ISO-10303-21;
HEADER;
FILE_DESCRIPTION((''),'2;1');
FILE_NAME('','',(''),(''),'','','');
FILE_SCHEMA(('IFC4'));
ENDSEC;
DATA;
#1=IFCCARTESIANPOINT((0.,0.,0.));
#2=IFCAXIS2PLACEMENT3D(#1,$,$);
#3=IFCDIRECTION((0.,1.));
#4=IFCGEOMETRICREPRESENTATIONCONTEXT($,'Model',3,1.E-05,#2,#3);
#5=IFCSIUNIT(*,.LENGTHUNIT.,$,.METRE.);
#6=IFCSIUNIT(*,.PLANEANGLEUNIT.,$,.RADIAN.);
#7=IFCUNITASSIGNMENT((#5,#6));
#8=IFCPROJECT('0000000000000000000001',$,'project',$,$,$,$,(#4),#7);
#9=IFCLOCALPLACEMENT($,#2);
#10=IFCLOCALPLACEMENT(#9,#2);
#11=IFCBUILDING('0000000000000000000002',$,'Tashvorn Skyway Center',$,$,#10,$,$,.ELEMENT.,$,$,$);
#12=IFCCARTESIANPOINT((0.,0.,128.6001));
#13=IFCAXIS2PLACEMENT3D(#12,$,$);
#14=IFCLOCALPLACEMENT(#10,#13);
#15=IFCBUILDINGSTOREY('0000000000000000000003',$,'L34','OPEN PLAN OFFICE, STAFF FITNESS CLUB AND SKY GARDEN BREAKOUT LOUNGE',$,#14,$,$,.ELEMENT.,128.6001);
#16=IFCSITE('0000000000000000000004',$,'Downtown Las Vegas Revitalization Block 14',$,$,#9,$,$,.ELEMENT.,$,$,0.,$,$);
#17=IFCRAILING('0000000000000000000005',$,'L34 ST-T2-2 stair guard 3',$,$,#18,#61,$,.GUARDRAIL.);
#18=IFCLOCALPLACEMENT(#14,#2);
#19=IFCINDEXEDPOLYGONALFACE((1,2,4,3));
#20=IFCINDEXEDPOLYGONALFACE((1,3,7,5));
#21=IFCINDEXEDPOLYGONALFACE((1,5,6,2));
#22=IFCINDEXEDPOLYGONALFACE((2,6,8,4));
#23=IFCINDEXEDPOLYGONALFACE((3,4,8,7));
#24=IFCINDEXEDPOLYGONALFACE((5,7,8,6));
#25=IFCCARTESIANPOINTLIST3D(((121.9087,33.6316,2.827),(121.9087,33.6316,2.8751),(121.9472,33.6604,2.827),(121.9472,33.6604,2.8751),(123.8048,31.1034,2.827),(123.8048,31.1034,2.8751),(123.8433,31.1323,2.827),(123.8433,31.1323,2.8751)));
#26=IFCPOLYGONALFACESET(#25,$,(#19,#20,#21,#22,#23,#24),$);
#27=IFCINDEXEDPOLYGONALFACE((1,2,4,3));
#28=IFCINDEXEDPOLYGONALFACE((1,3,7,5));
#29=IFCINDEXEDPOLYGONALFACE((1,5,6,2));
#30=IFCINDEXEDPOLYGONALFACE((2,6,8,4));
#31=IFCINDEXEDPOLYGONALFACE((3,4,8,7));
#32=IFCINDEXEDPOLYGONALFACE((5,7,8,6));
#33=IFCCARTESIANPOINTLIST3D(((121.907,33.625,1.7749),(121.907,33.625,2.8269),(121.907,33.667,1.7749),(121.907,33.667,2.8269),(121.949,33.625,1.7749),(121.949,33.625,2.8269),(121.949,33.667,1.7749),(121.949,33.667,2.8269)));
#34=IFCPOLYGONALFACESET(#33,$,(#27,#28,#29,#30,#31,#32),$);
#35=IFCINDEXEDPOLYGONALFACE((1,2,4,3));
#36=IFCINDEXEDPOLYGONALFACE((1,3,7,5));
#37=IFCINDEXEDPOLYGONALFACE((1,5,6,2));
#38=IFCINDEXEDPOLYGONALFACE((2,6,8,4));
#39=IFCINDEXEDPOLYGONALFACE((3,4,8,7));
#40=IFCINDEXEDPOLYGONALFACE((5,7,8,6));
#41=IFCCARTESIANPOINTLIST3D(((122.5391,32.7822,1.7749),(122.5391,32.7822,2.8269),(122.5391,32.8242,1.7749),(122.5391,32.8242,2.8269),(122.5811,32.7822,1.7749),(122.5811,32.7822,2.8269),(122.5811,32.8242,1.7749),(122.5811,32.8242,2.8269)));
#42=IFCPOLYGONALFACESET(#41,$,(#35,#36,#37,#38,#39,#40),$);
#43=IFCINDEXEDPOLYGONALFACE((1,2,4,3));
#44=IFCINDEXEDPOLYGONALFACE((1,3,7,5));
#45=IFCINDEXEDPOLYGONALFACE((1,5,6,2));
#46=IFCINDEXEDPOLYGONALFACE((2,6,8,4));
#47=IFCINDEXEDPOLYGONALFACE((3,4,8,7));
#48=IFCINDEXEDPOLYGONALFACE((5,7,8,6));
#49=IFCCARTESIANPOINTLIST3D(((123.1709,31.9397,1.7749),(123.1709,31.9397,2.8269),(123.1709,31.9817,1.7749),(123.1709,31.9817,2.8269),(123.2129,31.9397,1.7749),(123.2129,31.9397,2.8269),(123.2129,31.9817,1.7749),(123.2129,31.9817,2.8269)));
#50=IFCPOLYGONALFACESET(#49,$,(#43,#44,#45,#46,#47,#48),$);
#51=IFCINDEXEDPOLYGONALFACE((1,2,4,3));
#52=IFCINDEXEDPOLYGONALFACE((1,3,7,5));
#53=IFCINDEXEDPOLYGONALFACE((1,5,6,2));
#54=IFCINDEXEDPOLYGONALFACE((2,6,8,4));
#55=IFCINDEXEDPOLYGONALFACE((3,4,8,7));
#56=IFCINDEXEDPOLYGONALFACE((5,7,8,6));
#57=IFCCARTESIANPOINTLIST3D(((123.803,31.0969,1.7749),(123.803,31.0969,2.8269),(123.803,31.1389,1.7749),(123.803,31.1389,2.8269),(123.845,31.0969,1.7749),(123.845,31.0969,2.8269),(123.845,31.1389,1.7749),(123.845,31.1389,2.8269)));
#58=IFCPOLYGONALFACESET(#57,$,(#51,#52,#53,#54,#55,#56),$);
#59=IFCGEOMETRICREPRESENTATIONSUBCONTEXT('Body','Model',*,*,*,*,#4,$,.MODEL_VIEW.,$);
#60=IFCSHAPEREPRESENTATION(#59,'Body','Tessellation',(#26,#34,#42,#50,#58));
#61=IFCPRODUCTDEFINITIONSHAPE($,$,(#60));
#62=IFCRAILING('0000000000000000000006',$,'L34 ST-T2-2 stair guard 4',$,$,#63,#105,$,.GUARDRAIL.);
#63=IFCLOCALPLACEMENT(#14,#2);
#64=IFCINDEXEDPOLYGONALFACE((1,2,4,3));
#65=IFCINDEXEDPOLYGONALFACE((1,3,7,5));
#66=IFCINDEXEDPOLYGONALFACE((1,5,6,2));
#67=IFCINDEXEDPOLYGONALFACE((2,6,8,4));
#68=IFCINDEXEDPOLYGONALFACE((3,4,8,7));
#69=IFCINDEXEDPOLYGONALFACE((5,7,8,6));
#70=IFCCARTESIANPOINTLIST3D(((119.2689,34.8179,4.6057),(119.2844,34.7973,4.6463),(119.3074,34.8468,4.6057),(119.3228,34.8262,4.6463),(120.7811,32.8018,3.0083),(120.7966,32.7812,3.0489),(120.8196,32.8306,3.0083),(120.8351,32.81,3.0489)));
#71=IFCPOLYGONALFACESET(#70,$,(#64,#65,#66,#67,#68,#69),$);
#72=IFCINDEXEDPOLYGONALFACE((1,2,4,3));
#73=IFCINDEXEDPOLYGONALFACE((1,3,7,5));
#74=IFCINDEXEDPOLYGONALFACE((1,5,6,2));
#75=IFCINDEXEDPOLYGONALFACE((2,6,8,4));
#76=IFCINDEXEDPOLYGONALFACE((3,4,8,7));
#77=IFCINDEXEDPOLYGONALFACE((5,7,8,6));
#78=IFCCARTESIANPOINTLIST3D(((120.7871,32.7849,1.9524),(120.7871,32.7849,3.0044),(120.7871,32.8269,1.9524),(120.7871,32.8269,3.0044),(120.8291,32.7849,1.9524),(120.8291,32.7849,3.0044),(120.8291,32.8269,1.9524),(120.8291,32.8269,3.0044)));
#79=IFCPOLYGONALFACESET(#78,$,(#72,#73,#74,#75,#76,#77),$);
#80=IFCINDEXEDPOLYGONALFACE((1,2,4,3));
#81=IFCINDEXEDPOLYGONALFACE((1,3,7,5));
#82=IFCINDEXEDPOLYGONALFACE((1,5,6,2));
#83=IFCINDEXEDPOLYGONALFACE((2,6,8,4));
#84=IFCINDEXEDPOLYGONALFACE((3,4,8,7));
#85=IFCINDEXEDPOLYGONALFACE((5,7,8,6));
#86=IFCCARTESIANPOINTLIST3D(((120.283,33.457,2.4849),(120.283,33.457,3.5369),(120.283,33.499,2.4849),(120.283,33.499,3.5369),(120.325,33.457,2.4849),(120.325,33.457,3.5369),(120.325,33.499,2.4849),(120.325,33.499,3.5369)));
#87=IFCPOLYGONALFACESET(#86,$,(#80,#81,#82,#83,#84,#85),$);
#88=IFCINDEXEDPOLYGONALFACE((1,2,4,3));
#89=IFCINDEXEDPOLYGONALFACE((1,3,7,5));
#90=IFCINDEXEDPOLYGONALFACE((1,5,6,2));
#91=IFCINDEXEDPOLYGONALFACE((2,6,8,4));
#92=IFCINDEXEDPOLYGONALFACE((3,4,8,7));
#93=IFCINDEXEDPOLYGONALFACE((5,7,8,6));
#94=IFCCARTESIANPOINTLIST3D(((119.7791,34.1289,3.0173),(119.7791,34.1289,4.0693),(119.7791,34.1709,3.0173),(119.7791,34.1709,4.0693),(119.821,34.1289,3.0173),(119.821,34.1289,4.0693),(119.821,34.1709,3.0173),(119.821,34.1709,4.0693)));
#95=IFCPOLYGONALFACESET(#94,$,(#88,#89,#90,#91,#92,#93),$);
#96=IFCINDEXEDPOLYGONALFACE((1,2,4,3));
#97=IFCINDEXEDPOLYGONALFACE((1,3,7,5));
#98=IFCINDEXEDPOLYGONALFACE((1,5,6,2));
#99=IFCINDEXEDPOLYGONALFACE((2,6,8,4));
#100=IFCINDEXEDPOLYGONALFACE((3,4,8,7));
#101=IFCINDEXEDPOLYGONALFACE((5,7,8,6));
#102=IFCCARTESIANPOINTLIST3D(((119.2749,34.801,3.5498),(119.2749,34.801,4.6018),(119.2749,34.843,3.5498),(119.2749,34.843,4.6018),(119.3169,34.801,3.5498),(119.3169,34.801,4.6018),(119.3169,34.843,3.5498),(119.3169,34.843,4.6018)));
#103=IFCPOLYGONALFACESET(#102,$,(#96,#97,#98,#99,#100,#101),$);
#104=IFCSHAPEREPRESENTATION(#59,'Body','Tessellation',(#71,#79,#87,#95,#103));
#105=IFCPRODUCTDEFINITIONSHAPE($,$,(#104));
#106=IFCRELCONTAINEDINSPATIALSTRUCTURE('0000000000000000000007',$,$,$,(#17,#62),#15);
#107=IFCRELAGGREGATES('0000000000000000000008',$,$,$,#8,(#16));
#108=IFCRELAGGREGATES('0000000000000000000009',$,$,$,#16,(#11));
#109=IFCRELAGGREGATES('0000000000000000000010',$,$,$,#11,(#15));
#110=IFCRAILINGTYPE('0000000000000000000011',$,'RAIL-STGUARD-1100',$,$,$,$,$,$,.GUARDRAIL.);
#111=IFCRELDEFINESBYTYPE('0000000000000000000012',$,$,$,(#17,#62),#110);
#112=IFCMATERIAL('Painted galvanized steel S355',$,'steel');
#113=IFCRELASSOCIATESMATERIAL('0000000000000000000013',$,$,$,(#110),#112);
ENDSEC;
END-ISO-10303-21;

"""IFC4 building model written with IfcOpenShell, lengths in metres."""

from ifc_helpers import new_model, si_unit, direction, frame, origin, origin_2d, place, context, subcontext, project, spatial, rectangle, extrude, material, type_object, element, save


model = new_model("IFC4")

# Units and contexts
model_context = context("Model", 3, precision=1e-05, world=origin(), true_north=direction((0.0, 1.0)))
body_context = subcontext(model_context, "Body", "Model", "MODEL_VIEW")
ifc_project = project(units=[si_unit("LENGTHUNIT", "METRE"), si_unit("PLANEANGLEUNIT", "RADIAN")], contexts=[model_context])

# Site, building, storey
site_placement = place(None, origin())
site = spatial("IfcSite", under=ifc_project, at=site_placement, Name="Downtown Las Vegas Revitalization Block 14", CompositionType="ELEMENT", RefElevation=0.0)
building_placement = place(site_placement, origin())
building = spatial("IfcBuilding", under=site, at=building_placement, Name="Tashvorn Skyway Center", CompositionType="ELEMENT")
storey_placement = place(building_placement, frame((0.0, 0.0, 128.6001)))
storey = spatial("IfcBuildingStorey", under=building, at=storey_placement, Name="L34", Description="OPEN PLAN OFFICE, STAFF FITNESS CLUB AND SKY GARDEN BREAKOUT LOUNGE", CompositionType="ELEMENT", Elevation=128.6001)

# Railings
ifc_material_1 = material(Name="Painted galvanized steel S355", Category="steel")
railing_type_1 = type_object("IfcRailingType", Name="RAIL-STGUARD-1100", PredefinedType="GUARDRAIL", material=ifc_material_1)
railing_1_placement = place(storey_placement, frame((121.928, 33.646, 1.7749)))
element("IfcRailing", 1, at=railing_1_placement, inside=storey, type_object=railing_type_1, Name="L34 ST-T2-2 stair guard 3", PredefinedType="GUARDRAIL", context=body_context, shape_type="SweptSolid", body=[
    extrude(rectangle(XDim=0.0481, YDim=0.0481, at=origin_2d()), frame((0.0, 0.0, 1.0762), z_axis=(0.599988, -0.800009, 0.0), x_axis=(0.800009, 0.599988, 0.0)), (0.0, 0.0, 1.0), 3.1602),
    extrude(rectangle(XDim=0.042, YDim=0.042, at=origin_2d()), origin(), (0.0, 0.0, 1.0), 1.052),
    extrude(rectangle(XDim=0.042, YDim=0.042, at=origin_2d()), frame((0.6321, -0.8428, 0.0)), (0.0, 0.0, 1.0), 1.052),
    extrude(rectangle(XDim=0.042, YDim=0.042, at=origin_2d()), frame((1.2639, -1.6853, 0.0)), (0.0, 0.0, 1.0), 1.052),
    extrude(rectangle(XDim=0.042, YDim=0.042, at=origin_2d()), frame((1.896, -2.5281, 0.0)), (0.0, 0.0, 1.0), 1.052),
])
railing_2_placement = place(storey_placement, frame((120.8081, 32.8059, 1.9524)))
element("IfcRailing", 2, at=railing_2_placement, inside=storey, type_object=railing_type_1, Name="L34 ST-T2-2 stair guard 4", PredefinedType="GUARDRAIL", context=body_context, shape_type="SweptSolid", body=[
    extrude(rectangle(XDim=0.0481, YDim=0.0481, at=origin_2d()), frame((0.0, 0.0, 1.0762), z_axis=(-0.506802, 0.675681, 0.535357), x_axis=(-0.799977, -0.600031, 0.0)), (0.0, 0.0, 1.0), 2.9839),
    extrude(rectangle(XDim=0.042, YDim=0.042, at=origin_2d()), origin(), (0.0, 0.0, 1.0), 1.052),
    extrude(rectangle(XDim=0.042, YDim=0.042, at=origin_2d()), frame((-0.5042, 0.6721, 0.5325)), (0.0, 0.0, 1.0), 1.052),
    extrude(rectangle(XDim=0.042, YDim=0.042, at=origin_2d()), frame((-1.0081, 1.344, 1.0649)), (0.0, 0.0, 1.0), 1.052),
    extrude(rectangle(XDim=0.042, YDim=0.042, at=origin_2d()), frame((-1.5122, 2.0161, 1.5974)), (0.0, 0.0, 1.0), 1.052),
])

save(model, "model.ifc")
